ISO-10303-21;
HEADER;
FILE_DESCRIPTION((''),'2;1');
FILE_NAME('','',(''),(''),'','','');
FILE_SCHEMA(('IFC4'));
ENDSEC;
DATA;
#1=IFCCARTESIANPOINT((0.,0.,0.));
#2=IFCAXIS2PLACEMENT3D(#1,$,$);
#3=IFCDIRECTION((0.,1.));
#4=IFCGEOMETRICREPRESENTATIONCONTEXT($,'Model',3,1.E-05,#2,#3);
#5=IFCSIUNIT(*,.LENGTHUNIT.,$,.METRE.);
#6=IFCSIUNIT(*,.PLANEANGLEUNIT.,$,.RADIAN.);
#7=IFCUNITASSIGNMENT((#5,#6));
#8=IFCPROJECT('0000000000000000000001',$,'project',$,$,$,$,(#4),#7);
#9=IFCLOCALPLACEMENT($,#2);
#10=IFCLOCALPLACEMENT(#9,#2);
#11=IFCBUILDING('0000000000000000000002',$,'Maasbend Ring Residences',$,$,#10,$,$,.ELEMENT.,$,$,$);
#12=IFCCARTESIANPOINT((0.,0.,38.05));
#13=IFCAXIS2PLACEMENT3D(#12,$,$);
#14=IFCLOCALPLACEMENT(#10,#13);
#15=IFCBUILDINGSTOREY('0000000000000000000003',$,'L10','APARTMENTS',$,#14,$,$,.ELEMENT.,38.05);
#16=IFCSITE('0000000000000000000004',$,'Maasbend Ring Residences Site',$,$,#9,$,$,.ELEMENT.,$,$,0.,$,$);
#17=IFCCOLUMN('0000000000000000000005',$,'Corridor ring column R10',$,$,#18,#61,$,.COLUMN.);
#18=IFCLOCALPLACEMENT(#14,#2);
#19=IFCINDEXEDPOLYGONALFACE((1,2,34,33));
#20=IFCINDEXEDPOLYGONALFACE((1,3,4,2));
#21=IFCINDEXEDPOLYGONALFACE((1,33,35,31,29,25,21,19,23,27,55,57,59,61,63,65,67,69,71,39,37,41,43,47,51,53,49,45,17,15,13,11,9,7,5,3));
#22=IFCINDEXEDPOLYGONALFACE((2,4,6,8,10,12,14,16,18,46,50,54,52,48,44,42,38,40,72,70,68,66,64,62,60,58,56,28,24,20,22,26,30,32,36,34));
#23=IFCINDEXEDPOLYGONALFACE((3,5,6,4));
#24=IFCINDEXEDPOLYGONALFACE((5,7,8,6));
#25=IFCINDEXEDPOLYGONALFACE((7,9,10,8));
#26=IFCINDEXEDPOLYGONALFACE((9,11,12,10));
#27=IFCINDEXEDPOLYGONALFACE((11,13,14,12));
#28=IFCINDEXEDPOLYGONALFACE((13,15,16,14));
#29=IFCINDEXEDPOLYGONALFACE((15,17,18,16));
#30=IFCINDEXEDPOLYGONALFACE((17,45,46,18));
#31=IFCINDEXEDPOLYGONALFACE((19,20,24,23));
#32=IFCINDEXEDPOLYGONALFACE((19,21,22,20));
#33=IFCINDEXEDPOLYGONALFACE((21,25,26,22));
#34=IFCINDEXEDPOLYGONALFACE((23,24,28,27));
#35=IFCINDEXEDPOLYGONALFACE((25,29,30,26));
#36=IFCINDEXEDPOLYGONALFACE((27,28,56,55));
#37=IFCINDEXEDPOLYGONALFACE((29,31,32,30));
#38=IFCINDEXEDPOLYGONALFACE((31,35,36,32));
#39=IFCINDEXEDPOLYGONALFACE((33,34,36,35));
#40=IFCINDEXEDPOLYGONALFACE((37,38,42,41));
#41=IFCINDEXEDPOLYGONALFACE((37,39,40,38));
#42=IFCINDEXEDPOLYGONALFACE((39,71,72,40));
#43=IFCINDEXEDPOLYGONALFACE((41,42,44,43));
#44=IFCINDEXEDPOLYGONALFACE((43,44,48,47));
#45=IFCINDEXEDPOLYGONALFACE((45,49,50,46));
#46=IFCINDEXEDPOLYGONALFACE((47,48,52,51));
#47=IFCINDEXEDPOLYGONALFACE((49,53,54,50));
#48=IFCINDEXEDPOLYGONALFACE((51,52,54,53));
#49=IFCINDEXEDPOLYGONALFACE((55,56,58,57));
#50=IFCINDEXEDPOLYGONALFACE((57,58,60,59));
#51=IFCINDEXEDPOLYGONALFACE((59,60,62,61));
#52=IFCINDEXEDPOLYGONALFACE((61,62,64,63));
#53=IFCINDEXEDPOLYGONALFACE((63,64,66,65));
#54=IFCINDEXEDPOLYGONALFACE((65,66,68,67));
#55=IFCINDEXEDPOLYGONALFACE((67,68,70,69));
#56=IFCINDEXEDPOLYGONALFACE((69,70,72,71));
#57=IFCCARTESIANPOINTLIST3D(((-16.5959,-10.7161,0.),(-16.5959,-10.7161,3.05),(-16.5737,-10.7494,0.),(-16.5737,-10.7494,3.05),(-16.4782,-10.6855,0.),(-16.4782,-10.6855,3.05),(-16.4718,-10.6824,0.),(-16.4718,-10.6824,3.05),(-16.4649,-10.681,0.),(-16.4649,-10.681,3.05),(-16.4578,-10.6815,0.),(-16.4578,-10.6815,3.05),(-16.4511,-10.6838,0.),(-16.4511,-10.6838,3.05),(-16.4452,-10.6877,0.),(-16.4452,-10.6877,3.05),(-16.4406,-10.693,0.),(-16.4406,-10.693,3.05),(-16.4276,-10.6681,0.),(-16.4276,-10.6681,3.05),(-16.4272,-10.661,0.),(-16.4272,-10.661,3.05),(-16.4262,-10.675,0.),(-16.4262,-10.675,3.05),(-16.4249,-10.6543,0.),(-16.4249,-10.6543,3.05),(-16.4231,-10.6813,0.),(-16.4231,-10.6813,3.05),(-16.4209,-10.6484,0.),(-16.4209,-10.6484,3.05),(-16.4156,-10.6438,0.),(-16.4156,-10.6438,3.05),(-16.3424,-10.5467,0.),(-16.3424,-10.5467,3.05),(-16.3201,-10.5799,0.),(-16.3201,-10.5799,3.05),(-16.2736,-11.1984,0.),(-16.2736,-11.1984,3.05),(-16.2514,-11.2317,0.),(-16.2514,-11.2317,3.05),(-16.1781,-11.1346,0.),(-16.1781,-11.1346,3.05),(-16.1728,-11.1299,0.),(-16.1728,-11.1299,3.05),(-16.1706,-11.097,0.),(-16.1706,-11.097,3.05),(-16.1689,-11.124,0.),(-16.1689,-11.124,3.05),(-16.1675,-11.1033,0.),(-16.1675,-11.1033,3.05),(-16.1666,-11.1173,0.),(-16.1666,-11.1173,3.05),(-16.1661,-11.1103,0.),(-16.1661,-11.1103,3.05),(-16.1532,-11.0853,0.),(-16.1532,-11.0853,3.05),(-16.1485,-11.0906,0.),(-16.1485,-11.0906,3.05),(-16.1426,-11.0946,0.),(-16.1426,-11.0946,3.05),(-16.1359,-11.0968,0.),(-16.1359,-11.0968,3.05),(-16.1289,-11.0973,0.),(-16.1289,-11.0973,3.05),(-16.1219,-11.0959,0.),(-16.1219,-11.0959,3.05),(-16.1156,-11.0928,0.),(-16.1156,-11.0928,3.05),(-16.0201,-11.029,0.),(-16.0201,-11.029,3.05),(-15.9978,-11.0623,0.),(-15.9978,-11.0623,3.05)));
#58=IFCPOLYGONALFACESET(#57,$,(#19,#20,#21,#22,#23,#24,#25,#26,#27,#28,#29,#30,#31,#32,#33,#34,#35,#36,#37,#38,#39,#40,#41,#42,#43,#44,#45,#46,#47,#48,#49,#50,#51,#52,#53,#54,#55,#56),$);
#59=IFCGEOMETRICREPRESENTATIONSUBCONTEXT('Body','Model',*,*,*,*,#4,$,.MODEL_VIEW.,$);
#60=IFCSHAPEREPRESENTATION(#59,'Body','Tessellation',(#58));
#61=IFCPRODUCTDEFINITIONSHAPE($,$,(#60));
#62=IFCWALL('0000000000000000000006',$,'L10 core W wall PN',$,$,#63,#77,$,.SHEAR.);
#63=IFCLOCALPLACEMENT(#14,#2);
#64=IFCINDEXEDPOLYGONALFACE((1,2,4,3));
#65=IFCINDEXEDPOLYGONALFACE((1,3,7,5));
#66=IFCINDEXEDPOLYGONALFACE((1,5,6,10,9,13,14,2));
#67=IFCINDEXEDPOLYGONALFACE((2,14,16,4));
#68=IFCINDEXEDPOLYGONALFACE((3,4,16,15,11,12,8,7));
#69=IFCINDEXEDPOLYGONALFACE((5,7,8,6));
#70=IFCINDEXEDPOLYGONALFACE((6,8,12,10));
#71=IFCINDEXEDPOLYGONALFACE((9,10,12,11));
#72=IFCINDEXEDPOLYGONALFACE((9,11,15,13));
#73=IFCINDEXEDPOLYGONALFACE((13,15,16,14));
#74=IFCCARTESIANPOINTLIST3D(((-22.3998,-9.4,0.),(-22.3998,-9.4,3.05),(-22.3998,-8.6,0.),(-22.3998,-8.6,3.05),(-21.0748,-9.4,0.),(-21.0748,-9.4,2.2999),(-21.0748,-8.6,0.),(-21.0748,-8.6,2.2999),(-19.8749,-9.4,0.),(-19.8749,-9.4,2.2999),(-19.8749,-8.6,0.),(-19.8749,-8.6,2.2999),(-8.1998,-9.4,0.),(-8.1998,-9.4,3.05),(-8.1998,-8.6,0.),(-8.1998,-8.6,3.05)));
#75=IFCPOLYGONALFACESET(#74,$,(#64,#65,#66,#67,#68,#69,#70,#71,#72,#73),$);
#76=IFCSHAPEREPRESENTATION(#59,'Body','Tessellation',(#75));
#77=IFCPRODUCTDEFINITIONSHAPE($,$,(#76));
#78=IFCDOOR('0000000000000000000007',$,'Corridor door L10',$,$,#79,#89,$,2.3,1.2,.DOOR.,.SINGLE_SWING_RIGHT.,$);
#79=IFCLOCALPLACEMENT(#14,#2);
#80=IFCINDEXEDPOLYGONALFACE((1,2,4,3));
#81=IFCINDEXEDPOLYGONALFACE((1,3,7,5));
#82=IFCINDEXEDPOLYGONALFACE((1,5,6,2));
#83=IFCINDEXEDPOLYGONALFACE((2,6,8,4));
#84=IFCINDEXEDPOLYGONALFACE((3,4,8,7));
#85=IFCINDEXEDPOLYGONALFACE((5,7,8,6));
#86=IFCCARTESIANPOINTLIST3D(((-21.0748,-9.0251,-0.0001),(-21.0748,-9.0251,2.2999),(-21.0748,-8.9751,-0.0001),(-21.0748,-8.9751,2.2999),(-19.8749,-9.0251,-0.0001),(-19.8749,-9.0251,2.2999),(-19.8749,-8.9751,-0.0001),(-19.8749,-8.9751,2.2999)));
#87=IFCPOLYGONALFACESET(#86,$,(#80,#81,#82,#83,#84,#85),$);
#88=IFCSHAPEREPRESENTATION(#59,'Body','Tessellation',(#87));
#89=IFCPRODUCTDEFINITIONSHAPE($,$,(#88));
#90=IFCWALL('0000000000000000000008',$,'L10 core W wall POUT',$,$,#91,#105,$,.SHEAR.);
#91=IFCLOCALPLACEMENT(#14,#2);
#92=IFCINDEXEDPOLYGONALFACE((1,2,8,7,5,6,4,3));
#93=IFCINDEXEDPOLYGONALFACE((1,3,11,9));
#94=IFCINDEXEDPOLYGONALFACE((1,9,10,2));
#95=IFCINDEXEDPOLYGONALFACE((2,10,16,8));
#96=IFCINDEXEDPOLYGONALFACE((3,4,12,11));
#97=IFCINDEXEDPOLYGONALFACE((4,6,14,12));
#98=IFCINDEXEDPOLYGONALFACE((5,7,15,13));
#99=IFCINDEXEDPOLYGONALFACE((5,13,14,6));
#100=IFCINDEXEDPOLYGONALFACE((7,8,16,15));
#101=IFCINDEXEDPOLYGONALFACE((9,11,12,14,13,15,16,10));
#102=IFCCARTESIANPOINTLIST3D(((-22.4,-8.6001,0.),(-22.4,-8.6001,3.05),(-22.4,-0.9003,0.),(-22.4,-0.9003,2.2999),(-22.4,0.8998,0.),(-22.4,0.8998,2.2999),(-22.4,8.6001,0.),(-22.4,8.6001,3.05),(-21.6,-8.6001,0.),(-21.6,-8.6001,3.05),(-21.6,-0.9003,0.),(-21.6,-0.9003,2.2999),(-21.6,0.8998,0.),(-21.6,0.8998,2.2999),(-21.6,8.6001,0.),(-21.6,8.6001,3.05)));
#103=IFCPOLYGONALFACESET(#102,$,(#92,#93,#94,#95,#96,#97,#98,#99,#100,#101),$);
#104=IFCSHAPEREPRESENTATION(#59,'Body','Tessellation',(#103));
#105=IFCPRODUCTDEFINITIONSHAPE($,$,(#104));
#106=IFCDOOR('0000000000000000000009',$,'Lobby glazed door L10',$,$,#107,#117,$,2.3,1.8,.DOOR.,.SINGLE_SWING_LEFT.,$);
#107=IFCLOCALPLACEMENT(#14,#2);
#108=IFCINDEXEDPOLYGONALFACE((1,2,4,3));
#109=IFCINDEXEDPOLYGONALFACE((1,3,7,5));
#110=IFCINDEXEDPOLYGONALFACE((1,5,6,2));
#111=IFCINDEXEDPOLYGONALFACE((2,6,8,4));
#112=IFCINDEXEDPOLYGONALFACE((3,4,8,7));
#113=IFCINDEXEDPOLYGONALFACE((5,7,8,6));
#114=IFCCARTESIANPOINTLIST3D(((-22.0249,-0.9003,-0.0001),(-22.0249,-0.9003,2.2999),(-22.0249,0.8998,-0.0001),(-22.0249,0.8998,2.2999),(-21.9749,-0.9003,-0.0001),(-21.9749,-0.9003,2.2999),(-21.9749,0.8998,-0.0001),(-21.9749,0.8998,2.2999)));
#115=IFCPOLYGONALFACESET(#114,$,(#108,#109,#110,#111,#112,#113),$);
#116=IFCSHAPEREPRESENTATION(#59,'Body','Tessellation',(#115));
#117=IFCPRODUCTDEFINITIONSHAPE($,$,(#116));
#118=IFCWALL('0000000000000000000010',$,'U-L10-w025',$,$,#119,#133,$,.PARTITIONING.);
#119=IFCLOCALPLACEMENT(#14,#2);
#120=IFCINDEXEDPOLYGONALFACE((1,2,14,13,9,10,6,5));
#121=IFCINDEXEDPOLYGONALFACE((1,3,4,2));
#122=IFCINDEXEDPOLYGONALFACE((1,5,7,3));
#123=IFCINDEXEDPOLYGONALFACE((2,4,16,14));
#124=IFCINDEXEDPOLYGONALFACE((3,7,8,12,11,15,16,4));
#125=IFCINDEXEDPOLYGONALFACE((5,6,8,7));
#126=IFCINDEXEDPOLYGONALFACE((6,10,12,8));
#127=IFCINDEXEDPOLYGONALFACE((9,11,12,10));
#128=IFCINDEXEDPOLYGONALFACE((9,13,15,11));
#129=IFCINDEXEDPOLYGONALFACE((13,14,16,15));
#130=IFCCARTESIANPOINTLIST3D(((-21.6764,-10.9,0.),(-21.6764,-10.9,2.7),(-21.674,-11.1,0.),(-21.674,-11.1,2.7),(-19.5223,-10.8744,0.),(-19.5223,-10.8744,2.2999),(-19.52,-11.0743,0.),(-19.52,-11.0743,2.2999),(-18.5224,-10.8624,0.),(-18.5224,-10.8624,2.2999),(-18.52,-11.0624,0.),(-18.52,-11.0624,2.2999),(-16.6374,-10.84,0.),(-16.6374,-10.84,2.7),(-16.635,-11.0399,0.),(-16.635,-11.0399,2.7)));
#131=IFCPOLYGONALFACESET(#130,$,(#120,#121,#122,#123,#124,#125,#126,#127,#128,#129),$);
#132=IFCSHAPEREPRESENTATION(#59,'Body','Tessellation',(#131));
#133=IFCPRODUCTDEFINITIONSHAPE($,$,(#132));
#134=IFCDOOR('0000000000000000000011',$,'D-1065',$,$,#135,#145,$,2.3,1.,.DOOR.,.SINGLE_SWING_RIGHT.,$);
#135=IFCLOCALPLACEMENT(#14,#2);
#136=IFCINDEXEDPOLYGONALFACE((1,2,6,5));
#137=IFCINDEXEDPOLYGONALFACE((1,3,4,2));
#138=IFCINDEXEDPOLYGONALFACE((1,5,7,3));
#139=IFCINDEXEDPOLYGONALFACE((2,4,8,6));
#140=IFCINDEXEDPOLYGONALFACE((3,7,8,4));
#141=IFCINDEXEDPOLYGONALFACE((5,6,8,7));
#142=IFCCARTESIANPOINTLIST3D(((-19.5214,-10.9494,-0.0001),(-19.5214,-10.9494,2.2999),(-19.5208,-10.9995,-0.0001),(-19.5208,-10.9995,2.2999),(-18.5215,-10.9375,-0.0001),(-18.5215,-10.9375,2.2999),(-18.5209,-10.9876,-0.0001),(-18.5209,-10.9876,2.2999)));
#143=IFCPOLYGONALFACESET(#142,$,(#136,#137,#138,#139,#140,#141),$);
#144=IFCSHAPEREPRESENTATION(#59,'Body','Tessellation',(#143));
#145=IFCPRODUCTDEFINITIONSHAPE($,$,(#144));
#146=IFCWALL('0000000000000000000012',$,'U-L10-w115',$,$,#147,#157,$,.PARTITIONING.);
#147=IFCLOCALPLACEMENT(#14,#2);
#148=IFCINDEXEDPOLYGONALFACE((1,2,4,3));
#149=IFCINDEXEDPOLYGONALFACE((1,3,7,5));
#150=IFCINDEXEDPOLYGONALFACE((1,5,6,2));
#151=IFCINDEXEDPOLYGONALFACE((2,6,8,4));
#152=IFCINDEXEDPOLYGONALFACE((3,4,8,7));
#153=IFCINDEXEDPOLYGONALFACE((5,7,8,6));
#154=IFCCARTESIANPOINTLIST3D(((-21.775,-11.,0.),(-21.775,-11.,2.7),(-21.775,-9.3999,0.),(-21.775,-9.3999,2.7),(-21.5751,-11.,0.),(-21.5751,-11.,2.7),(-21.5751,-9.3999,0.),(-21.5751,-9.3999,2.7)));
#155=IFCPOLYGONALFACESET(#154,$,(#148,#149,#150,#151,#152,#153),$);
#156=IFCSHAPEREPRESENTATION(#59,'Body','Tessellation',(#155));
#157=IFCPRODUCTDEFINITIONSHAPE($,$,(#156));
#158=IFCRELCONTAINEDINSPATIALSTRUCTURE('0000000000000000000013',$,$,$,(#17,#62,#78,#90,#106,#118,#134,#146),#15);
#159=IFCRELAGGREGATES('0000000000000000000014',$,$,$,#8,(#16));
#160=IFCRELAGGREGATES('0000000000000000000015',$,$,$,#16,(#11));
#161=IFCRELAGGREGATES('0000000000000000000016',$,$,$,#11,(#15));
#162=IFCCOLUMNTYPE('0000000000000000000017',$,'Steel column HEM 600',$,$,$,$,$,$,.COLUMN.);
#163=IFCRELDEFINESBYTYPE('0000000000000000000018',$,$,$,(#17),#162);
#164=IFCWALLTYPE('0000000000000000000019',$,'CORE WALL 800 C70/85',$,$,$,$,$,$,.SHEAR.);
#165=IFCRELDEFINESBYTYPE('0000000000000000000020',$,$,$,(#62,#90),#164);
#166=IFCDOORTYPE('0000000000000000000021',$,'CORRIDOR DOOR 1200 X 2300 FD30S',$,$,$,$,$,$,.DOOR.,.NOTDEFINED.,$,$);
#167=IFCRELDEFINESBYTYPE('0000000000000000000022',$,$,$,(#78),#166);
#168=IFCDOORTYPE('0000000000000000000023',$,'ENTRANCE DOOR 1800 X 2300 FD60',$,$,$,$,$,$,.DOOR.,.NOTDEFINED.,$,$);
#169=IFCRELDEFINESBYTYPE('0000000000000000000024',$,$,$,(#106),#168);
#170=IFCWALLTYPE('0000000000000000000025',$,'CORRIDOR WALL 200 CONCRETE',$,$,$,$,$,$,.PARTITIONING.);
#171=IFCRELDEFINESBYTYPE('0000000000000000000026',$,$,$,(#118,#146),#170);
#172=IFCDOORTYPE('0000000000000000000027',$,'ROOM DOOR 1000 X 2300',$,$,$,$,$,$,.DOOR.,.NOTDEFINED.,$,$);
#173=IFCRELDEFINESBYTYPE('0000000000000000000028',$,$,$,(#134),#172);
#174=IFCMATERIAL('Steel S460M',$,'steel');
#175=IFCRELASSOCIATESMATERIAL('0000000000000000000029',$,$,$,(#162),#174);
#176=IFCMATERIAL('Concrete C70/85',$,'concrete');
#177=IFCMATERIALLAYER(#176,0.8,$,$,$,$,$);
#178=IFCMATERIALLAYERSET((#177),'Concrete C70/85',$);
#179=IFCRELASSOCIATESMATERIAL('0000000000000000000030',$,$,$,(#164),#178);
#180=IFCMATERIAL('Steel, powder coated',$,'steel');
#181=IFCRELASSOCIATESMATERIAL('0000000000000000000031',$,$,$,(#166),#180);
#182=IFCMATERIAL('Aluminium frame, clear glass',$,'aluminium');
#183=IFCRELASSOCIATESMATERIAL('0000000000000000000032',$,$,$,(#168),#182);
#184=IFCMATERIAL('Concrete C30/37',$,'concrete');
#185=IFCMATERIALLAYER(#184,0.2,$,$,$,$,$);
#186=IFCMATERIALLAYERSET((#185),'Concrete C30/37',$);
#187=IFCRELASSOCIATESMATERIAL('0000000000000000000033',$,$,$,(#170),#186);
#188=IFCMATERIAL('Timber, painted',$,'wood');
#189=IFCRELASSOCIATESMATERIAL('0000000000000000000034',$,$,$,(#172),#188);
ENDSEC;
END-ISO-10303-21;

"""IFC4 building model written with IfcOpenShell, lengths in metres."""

from ifc_helpers import new_model, si_unit, direction, frame, frame_2d, origin, origin_2d, place, context, subcontext, project, spatial, rectangle, i_section, extrude, material, layer, layer_set, material_profile, profile_set, type_object, element, fill, save


model = new_model("IFC4")

# Units and contexts
model_context = context("Model", 3, precision=1e-05, world=origin(), true_north=direction((0.0, 1.0)))
body_context = subcontext(model_context, "Body", "Model", "MODEL_VIEW")
ifc_project = project(units=[si_unit("LENGTHUNIT", "METRE"), si_unit("PLANEANGLEUNIT", "RADIAN")], contexts=[model_context])

# Site, building, storey
site_placement = place(None, origin())
site = spatial("IfcSite", under=ifc_project, at=site_placement, Name="Maasbend Ring Residences Site", CompositionType="ELEMENT", RefElevation=0.0)
building_placement = place(site_placement, origin())
building = spatial("IfcBuilding", under=site, at=building_placement, Name="Maasbend Ring Residences", CompositionType="ELEMENT")
storey_placement = place(building_placement, frame((0.0, 0.0, 38.05)))
storey = spatial("IfcBuildingStorey", under=building, at=storey_placement, Name="L10", Description="APARTMENTS", CompositionType="ELEMENT", Elevation=38.05)

# Column
ifc_material_1 = material(Name="Steel S460M", Category="steel")
ifc_material_profile = material_profile(ifc_material_1, i_section(OverallWidth=0.3049, OverallDepth=0.6201, WebThickness=0.021, FlangeThickness=0.04, FilletRadius=0.0271, at=origin_2d()), Name="HEM 600")
ifc_profile_set = profile_set([ifc_material_profile], Name="Steel S460M")
column_type = type_object("IfcColumnType", Name="Steel column HEM 600", PredefinedType="COLUMN", material=ifc_profile_set)
column_placement = place(storey_placement, frame((-16.2969, -10.8892, 0.0), z_axis=(0.0, 0.0, 1.0), x_axis=(-0.83147, -0.55557, 0.0)))
element("IfcColumn", 1, at=column_placement, inside=storey, type_object=column_type, Name="Corridor ring column R10", PredefinedType="COLUMN", context=body_context, shape_type="SweptSolid", body=[
    extrude(i_section(OverallWidth=0.3049, OverallDepth=0.6201, WebThickness=0.021, FlangeThickness=0.04, FilletRadius=0.0271, at=origin_2d()), origin(), (0.0, 0.0, 1.0), 3.05),
])

# Walls, openings, doors
ifc_material_2 = material(Name="Concrete C70/85", Category="concrete")
ifc_layer_1 = layer(ifc_material_2, 0.8)
ifc_layer_set_1 = layer_set([ifc_layer_1], Name="Concrete C70/85")
wall_type_1 = type_object("IfcWallType", Name="CORE WALL 800 C70/85", PredefinedType="SHEAR", material=ifc_layer_set_1)
wall_1_placement = place(storey_placement, frame((-22.3999, -9.0, 0.0), z_axis=(0.0, 0.0, 1.0), x_axis=(1.0, 0.0, 0.0)))
wall_1 = element("IfcWall", 2, at=wall_1_placement, inside=storey, type_object=wall_type_1, Name="L10 core W wall PN", PredefinedType="SHEAR", context=body_context, shape_type="SweptSolid", body=[
    extrude(rectangle(XDim=14.2, YDim=0.8, at=frame_2d((7.1001, 0.0))), origin(), (0.0, 0.0, 1.0), 3.05),
])
opening_1_placement = place(wall_1_placement, frame((1.325, 0.0, 0.0)))
opening_1 = element("IfcOpeningElement", 3, at=opening_1_placement, cuts=wall_1, PredefinedType="OPENING", context=body_context, shape_type="SweptSolid", body=[
    extrude(rectangle(XDim=1.2, YDim=2.3, at=frame_2d((0.6001, 1.1499))), frame((0.0, 0.4102, 0.0), z_axis=(0.0, -1.0, 0.0), x_axis=(1.0, 0.0, 0.0)), (0.0, 0.0, 1.0), 0.8201),
])
ifc_material_3 = material(Name="Steel, powder coated", Category="steel")
door_type_1 = type_object("IfcDoorType", Name="CORRIDOR DOOR 1200 X 2300 FD30S", OperationType="NOTDEFINED", PredefinedType="DOOR", material=ifc_material_3)
door_1_placement = place(opening_1_placement, origin())
door_1 = element("IfcDoor", 4, at=door_1_placement, inside=storey, type_object=door_type_1, Name="Corridor door L10", OperationType="SINGLE_SWING_RIGHT", OverallHeight=2.3, OverallWidth=1.2, PredefinedType="DOOR", context=body_context, shape_type="SweptSolid", body=[
    extrude(rectangle(XDim=1.2, YDim=2.3, at=frame_2d((0.6001, 1.1499))), frame((0.0, 0.0249, 0.0), z_axis=(0.0, -1.0, 0.0), x_axis=(1.0, 0.0, 0.0)), (0.0, 0.0, 1.0), 0.05),
])
fill(opening_1, door_1)
wall_2_placement = place(storey_placement, frame((-22.0, -8.6001, 0.0), z_axis=(0.0, 0.0, 1.0), x_axis=(0.0, 1.0, 0.0)))
wall_2 = element("IfcWall", 5, at=wall_2_placement, inside=storey, type_object=wall_type_1, Name="L10 core W wall POUT", PredefinedType="SHEAR", context=body_context, shape_type="SweptSolid", body=[
    extrude(rectangle(XDim=17.2002, YDim=0.8, at=frame_2d((8.6001, 0.0))), origin(), (0.0, 0.0, 1.0), 3.05),
])
opening_2_placement = place(wall_2_placement, frame((7.7, 0.0, 0.0)))
opening_2 = element("IfcOpeningElement", 6, at=opening_2_placement, cuts=wall_2, PredefinedType="OPENING", context=body_context, shape_type="SweptSolid", body=[
    extrude(rectangle(XDim=1.8, YDim=2.3, at=frame_2d((0.8999, 1.1499))), frame((0.0, 0.4102, 0.0), z_axis=(0.0, -1.0, 0.0), x_axis=(1.0, 0.0, 0.0)), (0.0, 0.0, 1.0), 0.8201),
])
ifc_material_4 = material(Name="Aluminium frame, clear glass", Category="aluminium")
door_type_2 = type_object("IfcDoorType", Name="ENTRANCE DOOR 1800 X 2300 FD60", OperationType="NOTDEFINED", PredefinedType="DOOR", material=ifc_material_4)
door_2_placement = place(opening_2_placement, origin())
door_2 = element("IfcDoor", 7, at=door_2_placement, inside=storey, type_object=door_type_2, Name="Lobby glazed door L10", OperationType="SINGLE_SWING_LEFT", OverallHeight=2.3, OverallWidth=1.8, PredefinedType="DOOR", context=body_context, shape_type="SweptSolid", body=[
    extrude(rectangle(XDim=1.8, YDim=2.3, at=frame_2d((0.8999, 1.1499))), frame((0.0, 0.0249, 0.0), z_axis=(0.0, -1.0, 0.0), x_axis=(1.0, 0.0, 0.0)), (0.0, 0.0, 1.0), 0.05),
])
fill(opening_2, door_2)
ifc_material_5 = material(Name="Concrete C30/37", Category="concrete")
ifc_layer_2 = layer(ifc_material_5, 0.2)
ifc_layer_set_2 = layer_set([ifc_layer_2], Name="Concrete C30/37")
wall_type_2 = type_object("IfcWallType", Name="CORRIDOR WALL 200 CONCRETE", PredefinedType="PARTITIONING", material=ifc_layer_set_2)
wall_3_placement = place(storey_placement, frame((-21.675, -11.0, 0.0), z_axis=(0.0, 0.0, 1.0), x_axis=(0.999929, 0.011918, 0.0)))
wall_3 = element("IfcWall", 8, at=wall_3_placement, inside=storey, type_object=wall_type_2, Name="U-L10-w025", PredefinedType="PARTITIONING", context=body_context, shape_type="SweptSolid", body=[
    extrude(rectangle(XDim=5.0393, YDim=0.2, at=frame_2d((2.5195, 0.0))), origin(), (0.0, 0.0, 1.0), 2.7),
])
opening_3_placement = place(wall_3_placement, frame((2.1541, 0.0, 0.0)))
opening_3 = element("IfcOpeningElement", 9, at=opening_3_placement, cuts=wall_3, PredefinedType="OPENING", context=body_context, shape_type="SweptSolid", body=[
    extrude(rectangle(XDim=1.0, YDim=2.3, at=frame_2d((0.5, 1.1499))), frame((0.0, 0.1099, 0.0), z_axis=(0.0, -1.0, 0.0), x_axis=(1.0, 0.0, 0.0)), (0.0, 0.0, 1.0), 0.22),
])
ifc_material_6 = material(Name="Timber, painted", Category="wood")
door_type_3 = type_object("IfcDoorType", Name="ROOM DOOR 1000 X 2300", OperationType="NOTDEFINED", PredefinedType="DOOR", material=ifc_material_6)
door_3_placement = place(opening_3_placement, origin())
door_3 = element("IfcDoor", 10, at=door_3_placement, inside=storey, type_object=door_type_3, Name="D-1065", OperationType="SINGLE_SWING_RIGHT", OverallHeight=2.3, OverallWidth=1.0, PredefinedType="DOOR", context=body_context, shape_type="SweptSolid", body=[
    extrude(rectangle(XDim=1.0, YDim=2.3, at=frame_2d((0.5, 1.1499))), frame((0.0, 0.0249, 0.0), z_axis=(0.0, -1.0, 0.0), x_axis=(1.0, 0.0, 0.0)), (0.0, 0.0, 1.0), 0.05),
])
fill(opening_3, door_3)

# Wall
wall_4_placement = place(storey_placement, frame((-21.675, -11.0, 0.0), z_axis=(0.0, 0.0, 1.0), x_axis=(0.0, 1.0, 0.0)))
element("IfcWall", 11, at=wall_4_placement, inside=storey, type_object=wall_type_2, Name="U-L10-w115", PredefinedType="PARTITIONING", context=body_context, shape_type="SweptSolid", body=[
    extrude(rectangle(XDim=1.6001, YDim=0.2, at=frame_2d((0.8, 0.0))), origin(), (0.0, 0.0, 1.0), 2.7),
])

save(model, "model.ifc")
